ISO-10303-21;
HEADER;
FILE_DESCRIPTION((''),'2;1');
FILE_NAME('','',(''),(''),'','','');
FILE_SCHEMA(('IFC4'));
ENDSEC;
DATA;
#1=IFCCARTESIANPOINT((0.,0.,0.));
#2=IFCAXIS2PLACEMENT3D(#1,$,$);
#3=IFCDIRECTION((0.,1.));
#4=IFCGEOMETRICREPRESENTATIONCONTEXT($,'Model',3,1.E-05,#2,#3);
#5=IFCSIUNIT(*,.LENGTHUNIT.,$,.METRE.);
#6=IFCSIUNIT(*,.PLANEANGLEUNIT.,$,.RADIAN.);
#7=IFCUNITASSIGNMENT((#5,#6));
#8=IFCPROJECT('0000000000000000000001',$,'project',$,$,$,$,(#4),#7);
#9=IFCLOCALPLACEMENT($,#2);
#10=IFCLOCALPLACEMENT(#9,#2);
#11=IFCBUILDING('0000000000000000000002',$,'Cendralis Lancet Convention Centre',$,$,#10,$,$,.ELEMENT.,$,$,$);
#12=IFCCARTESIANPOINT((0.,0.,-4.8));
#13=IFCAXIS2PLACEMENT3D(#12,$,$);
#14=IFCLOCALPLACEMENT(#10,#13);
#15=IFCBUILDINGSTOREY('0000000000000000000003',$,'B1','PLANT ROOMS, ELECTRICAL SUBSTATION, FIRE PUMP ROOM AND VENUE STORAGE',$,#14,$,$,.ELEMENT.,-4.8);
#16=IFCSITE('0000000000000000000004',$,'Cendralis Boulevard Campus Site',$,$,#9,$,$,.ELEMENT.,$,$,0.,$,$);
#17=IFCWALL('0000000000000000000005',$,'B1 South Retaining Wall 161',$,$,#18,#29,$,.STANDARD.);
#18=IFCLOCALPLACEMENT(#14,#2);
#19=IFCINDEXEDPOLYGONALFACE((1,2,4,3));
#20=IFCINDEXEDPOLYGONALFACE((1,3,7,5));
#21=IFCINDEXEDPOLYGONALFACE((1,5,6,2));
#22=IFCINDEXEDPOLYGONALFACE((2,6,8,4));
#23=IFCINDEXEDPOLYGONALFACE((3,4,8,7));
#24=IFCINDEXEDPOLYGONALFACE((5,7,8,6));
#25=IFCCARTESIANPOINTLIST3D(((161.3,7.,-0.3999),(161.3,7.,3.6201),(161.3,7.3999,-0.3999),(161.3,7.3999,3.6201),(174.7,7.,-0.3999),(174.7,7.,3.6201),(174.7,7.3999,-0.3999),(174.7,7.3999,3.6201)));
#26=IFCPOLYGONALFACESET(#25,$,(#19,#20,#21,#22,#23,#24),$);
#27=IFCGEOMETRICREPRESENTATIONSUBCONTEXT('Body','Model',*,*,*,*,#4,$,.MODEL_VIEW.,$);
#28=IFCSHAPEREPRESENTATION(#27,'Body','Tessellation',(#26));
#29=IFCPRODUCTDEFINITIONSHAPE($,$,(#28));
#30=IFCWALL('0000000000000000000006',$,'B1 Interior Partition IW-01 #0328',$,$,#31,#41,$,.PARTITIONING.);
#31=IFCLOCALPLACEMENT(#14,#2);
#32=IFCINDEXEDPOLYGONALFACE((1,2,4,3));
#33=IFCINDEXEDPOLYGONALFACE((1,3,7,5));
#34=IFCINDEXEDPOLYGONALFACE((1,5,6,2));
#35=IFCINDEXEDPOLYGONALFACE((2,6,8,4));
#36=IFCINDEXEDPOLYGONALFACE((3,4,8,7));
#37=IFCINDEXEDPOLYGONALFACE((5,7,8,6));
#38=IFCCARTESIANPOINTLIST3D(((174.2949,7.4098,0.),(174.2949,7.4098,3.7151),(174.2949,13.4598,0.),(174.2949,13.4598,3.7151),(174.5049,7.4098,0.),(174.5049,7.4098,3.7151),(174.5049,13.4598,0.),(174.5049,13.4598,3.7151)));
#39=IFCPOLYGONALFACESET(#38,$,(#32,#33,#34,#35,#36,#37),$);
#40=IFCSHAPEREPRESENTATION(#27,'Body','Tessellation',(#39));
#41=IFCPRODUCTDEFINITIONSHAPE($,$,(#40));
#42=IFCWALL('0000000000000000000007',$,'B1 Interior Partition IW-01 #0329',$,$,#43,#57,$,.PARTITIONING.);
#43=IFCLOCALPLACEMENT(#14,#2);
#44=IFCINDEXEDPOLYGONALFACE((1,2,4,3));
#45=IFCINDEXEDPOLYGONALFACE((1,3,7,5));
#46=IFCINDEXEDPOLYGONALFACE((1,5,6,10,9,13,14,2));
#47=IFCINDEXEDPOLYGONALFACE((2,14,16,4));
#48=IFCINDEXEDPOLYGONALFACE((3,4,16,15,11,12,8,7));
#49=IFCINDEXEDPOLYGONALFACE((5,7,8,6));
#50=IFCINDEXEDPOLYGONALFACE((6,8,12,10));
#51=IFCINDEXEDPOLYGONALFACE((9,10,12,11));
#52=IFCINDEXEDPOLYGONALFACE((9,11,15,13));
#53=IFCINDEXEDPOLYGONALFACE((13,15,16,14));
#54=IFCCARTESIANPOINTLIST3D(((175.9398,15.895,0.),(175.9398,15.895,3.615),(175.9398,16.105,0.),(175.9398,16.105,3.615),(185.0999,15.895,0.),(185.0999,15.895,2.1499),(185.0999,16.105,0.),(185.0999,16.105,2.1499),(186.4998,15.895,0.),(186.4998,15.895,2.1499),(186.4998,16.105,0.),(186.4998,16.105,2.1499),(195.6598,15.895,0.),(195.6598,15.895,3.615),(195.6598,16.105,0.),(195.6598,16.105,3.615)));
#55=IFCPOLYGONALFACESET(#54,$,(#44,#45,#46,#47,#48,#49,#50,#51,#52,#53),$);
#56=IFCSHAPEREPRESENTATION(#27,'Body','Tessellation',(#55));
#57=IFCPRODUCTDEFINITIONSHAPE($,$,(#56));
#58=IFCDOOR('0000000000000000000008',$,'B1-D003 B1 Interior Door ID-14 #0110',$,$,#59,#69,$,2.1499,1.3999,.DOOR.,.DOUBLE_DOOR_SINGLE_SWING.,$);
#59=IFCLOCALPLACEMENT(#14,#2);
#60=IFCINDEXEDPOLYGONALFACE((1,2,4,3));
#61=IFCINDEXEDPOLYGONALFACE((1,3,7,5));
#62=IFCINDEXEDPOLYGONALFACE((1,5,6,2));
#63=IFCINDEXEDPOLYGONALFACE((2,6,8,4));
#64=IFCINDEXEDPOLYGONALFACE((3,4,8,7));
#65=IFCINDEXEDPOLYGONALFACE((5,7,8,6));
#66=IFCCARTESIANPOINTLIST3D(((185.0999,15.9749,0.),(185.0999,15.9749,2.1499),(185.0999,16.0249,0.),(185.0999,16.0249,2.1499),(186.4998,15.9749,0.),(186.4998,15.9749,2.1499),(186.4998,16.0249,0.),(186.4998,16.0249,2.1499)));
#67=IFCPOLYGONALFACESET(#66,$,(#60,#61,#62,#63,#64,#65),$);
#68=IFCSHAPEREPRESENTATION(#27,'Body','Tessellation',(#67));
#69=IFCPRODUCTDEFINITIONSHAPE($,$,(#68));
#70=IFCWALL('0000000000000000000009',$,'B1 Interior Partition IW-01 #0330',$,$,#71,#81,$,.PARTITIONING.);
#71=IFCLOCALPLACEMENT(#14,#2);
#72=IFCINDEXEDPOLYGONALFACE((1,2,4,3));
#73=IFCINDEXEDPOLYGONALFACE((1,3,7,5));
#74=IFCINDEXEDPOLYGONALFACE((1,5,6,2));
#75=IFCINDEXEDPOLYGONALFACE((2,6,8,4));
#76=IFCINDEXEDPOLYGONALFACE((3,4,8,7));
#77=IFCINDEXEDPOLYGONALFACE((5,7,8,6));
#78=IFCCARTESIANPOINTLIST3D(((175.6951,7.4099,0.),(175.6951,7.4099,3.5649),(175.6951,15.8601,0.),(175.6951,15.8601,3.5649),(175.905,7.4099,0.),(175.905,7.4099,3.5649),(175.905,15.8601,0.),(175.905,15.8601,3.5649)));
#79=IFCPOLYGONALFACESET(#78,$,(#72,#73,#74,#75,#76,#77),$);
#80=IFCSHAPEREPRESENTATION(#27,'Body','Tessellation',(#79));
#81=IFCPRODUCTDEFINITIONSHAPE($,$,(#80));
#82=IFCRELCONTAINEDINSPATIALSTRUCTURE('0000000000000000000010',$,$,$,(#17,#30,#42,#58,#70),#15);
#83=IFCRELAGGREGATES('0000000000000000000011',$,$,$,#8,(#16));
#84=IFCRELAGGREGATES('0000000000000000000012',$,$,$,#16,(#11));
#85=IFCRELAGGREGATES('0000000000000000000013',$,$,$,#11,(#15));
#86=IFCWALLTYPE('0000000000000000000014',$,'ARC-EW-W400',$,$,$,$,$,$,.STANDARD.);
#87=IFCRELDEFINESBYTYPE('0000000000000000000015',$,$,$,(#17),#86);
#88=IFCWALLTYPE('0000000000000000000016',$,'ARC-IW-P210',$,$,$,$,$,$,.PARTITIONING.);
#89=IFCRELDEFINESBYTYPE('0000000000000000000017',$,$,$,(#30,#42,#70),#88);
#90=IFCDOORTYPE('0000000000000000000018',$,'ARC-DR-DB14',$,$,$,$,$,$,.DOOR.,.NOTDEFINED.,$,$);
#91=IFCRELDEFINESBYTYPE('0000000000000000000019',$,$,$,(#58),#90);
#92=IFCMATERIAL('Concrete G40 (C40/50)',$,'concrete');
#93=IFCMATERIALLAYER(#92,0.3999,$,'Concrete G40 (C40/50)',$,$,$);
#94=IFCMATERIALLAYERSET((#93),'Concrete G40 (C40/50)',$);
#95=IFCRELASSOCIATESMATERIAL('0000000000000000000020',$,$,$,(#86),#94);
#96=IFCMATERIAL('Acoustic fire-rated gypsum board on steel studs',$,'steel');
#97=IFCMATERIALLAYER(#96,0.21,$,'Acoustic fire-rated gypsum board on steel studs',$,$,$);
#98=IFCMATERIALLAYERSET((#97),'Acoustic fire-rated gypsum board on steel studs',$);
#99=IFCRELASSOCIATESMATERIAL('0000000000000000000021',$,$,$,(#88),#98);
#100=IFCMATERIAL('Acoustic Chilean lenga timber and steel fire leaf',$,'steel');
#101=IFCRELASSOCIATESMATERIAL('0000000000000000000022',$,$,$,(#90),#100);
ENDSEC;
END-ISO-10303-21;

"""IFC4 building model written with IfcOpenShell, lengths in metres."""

from ifc_helpers import new_model, si_unit, direction, frame, frame_2d, origin, place, context, subcontext, project, spatial, rectangle, extrude, material, layer, layer_set, type_object, element, fill, save


model = new_model("IFC4")

# Units and contexts
model_context = context("Model", 3, precision=1e-05, world=origin(), true_north=direction((0.0, 1.0)))
body_context = subcontext(model_context, "Body", "Model", "MODEL_VIEW")
ifc_project = project(units=[si_unit("LENGTHUNIT", "METRE"), si_unit("PLANEANGLEUNIT", "RADIAN")], contexts=[model_context])

# Site, building, storey
site_placement = place(None, origin())
site = spatial("IfcSite", under=ifc_project, at=site_placement, Name="Cendralis Boulevard Campus Site", CompositionType="ELEMENT", RefElevation=0.0)
building_placement = place(site_placement, origin())
building = spatial("IfcBuilding", under=site, at=building_placement, Name="Cendralis Lancet Convention Centre", CompositionType="ELEMENT")
storey_placement = place(building_placement, frame((0.0, 0.0, -4.8)))
storey = spatial("IfcBuildingStorey", under=building, at=storey_placement, Name="B1", Description="PLANT ROOMS, ELECTRICAL SUBSTATION, FIRE PUMP ROOM AND VENUE STORAGE", CompositionType="ELEMENT", Elevation=-4.8)

# Shared definitions
ifc_material_1 = material(Name="Concrete G40 (C40/50)", Category="concrete")

# Walls
ifc_layer_1 = layer(ifc_material_1, 0.3999, Name="Concrete G40 (C40/50)")
ifc_layer_set_1 = layer_set([ifc_layer_1], Name="Concrete G40 (C40/50)")
wall_type_1 = type_object("IfcWallType", Name="ARC-EW-W400", PredefinedType="STANDARD", material=ifc_layer_set_1)
wall_1_placement = place(storey_placement, frame((174.7, 7.2, -0.3999), z_axis=(0.0, 0.0, 1.0), x_axis=(-1.0, 0.0, 0.0)))
element("IfcWall", 1, at=wall_1_placement, inside=storey, type_object=wall_type_1, Name="B1 South Retaining Wall 161", PredefinedType="STANDARD", context=body_context, shape_type="SweptSolid", body=[
    extrude(rectangle(XDim=13.3999, YDim=0.3999, at=frame_2d((6.7, 0.0))), origin(), (0.0, 0.0, 1.0), 4.02),
])
ifc_material_2 = material(Name="Acoustic fire-rated gypsum board on steel studs", Category="steel")
ifc_layer_2 = layer(ifc_material_2, 0.21, Name="Acoustic fire-rated gypsum board on steel studs")
ifc_layer_set_2 = layer_set([ifc_layer_2], Name="Acoustic fire-rated gypsum board on steel studs")
wall_type_2 = type_object("IfcWallType", Name="ARC-IW-P210", PredefinedType="PARTITIONING", material=ifc_layer_set_2)
wall_2_placement = place(storey_placement, frame((174.3999, 7.4099, 0.0), z_axis=(0.0, 0.0, 1.0), x_axis=(0.0, 1.0, 0.0)))
element("IfcWall", 2, at=wall_2_placement, inside=storey, type_object=wall_type_2, Name="B1 Interior Partition IW-01 #0328", PredefinedType="PARTITIONING", context=body_context, shape_type="SweptSolid", body=[
    extrude(rectangle(XDim=6.05, YDim=0.21, at=frame_2d((3.0249, 0.0))), origin(), (0.0, 0.0, 1.0), 3.7151),
])

# Wall, opening, door
wall_3_placement = place(storey_placement, frame((175.9399, 16.0, 0.0), z_axis=(0.0, 0.0, 1.0), x_axis=(1.0, 0.0, 0.0)))
wall_3 = element("IfcWall", 3, at=wall_3_placement, inside=storey, type_object=wall_type_2, Name="B1 Interior Partition IW-01 #0329", PredefinedType="PARTITIONING", context=body_context, shape_type="SweptSolid", body=[
    extrude(rectangle(XDim=19.72, YDim=0.21, at=frame_2d((9.8599, 0.0))), origin(), (0.0, 0.0, 1.0), 3.615),
])
opening_placement = place(wall_3_placement, frame((9.1599, 0.0, 0.0)))
opening = element("IfcOpeningElement", 4, at=opening_placement, cuts=wall_3, PredefinedType="OPENING", context=body_context, shape_type="SweptSolid", body=[
    extrude(rectangle(XDim=1.3999, YDim=2.1499, at=frame_2d((0.7, 1.075))), frame((0.0, 0.115, 0.0), z_axis=(0.0, -1.0, 0.0), x_axis=(1.0, 0.0, 0.0)), (0.0, 0.0, 1.0), 0.23),
])
ifc_material_3 = material(Name="Acoustic Chilean lenga timber and steel fire leaf", Category="steel")
door_type = type_object("IfcDoorType", Name="ARC-DR-DB14", OperationType="NOTDEFINED", PredefinedType="DOOR", material=ifc_material_3)
door_placement = place(opening_placement, origin())
door = element("IfcDoor", 5, at=door_placement, inside=storey, type_object=door_type, Name="B1-D003 B1 Interior Door ID-14 #0110", OperationType="DOUBLE_DOOR_SINGLE_SWING", OverallHeight=2.1499, OverallWidth=1.3999, PredefinedType="DOOR", context=body_context, shape_type="SweptSolid", body=[
    extrude(rectangle(XDim=1.3999, YDim=2.1499, at=frame_2d((0.7, 1.075))), frame((0.0, 0.0249, 0.0), z_axis=(0.0, -1.0, 0.0), x_axis=(1.0, 0.0, 0.0)), (0.0, 0.0, 1.0), 0.05),
])
fill(opening, door)

# Wall
wall_4_placement = place(storey_placement, frame((175.8, 7.4099, 0.0), z_axis=(0.0, 0.0, 1.0), x_axis=(0.0, 1.0, 0.0)))
element("IfcWall", 6, at=wall_4_placement, inside=storey, type_object=wall_type_2, Name="B1 Interior Partition IW-01 #0330", PredefinedType="PARTITIONING", context=body_context, shape_type="SweptSolid", body=[
    extrude(rectangle(XDim=8.4502, YDim=0.21, at=frame_2d((4.2251, 0.0))), origin(), (0.0, 0.0, 1.0), 3.5649),
])

save(model, "model.ifc")
